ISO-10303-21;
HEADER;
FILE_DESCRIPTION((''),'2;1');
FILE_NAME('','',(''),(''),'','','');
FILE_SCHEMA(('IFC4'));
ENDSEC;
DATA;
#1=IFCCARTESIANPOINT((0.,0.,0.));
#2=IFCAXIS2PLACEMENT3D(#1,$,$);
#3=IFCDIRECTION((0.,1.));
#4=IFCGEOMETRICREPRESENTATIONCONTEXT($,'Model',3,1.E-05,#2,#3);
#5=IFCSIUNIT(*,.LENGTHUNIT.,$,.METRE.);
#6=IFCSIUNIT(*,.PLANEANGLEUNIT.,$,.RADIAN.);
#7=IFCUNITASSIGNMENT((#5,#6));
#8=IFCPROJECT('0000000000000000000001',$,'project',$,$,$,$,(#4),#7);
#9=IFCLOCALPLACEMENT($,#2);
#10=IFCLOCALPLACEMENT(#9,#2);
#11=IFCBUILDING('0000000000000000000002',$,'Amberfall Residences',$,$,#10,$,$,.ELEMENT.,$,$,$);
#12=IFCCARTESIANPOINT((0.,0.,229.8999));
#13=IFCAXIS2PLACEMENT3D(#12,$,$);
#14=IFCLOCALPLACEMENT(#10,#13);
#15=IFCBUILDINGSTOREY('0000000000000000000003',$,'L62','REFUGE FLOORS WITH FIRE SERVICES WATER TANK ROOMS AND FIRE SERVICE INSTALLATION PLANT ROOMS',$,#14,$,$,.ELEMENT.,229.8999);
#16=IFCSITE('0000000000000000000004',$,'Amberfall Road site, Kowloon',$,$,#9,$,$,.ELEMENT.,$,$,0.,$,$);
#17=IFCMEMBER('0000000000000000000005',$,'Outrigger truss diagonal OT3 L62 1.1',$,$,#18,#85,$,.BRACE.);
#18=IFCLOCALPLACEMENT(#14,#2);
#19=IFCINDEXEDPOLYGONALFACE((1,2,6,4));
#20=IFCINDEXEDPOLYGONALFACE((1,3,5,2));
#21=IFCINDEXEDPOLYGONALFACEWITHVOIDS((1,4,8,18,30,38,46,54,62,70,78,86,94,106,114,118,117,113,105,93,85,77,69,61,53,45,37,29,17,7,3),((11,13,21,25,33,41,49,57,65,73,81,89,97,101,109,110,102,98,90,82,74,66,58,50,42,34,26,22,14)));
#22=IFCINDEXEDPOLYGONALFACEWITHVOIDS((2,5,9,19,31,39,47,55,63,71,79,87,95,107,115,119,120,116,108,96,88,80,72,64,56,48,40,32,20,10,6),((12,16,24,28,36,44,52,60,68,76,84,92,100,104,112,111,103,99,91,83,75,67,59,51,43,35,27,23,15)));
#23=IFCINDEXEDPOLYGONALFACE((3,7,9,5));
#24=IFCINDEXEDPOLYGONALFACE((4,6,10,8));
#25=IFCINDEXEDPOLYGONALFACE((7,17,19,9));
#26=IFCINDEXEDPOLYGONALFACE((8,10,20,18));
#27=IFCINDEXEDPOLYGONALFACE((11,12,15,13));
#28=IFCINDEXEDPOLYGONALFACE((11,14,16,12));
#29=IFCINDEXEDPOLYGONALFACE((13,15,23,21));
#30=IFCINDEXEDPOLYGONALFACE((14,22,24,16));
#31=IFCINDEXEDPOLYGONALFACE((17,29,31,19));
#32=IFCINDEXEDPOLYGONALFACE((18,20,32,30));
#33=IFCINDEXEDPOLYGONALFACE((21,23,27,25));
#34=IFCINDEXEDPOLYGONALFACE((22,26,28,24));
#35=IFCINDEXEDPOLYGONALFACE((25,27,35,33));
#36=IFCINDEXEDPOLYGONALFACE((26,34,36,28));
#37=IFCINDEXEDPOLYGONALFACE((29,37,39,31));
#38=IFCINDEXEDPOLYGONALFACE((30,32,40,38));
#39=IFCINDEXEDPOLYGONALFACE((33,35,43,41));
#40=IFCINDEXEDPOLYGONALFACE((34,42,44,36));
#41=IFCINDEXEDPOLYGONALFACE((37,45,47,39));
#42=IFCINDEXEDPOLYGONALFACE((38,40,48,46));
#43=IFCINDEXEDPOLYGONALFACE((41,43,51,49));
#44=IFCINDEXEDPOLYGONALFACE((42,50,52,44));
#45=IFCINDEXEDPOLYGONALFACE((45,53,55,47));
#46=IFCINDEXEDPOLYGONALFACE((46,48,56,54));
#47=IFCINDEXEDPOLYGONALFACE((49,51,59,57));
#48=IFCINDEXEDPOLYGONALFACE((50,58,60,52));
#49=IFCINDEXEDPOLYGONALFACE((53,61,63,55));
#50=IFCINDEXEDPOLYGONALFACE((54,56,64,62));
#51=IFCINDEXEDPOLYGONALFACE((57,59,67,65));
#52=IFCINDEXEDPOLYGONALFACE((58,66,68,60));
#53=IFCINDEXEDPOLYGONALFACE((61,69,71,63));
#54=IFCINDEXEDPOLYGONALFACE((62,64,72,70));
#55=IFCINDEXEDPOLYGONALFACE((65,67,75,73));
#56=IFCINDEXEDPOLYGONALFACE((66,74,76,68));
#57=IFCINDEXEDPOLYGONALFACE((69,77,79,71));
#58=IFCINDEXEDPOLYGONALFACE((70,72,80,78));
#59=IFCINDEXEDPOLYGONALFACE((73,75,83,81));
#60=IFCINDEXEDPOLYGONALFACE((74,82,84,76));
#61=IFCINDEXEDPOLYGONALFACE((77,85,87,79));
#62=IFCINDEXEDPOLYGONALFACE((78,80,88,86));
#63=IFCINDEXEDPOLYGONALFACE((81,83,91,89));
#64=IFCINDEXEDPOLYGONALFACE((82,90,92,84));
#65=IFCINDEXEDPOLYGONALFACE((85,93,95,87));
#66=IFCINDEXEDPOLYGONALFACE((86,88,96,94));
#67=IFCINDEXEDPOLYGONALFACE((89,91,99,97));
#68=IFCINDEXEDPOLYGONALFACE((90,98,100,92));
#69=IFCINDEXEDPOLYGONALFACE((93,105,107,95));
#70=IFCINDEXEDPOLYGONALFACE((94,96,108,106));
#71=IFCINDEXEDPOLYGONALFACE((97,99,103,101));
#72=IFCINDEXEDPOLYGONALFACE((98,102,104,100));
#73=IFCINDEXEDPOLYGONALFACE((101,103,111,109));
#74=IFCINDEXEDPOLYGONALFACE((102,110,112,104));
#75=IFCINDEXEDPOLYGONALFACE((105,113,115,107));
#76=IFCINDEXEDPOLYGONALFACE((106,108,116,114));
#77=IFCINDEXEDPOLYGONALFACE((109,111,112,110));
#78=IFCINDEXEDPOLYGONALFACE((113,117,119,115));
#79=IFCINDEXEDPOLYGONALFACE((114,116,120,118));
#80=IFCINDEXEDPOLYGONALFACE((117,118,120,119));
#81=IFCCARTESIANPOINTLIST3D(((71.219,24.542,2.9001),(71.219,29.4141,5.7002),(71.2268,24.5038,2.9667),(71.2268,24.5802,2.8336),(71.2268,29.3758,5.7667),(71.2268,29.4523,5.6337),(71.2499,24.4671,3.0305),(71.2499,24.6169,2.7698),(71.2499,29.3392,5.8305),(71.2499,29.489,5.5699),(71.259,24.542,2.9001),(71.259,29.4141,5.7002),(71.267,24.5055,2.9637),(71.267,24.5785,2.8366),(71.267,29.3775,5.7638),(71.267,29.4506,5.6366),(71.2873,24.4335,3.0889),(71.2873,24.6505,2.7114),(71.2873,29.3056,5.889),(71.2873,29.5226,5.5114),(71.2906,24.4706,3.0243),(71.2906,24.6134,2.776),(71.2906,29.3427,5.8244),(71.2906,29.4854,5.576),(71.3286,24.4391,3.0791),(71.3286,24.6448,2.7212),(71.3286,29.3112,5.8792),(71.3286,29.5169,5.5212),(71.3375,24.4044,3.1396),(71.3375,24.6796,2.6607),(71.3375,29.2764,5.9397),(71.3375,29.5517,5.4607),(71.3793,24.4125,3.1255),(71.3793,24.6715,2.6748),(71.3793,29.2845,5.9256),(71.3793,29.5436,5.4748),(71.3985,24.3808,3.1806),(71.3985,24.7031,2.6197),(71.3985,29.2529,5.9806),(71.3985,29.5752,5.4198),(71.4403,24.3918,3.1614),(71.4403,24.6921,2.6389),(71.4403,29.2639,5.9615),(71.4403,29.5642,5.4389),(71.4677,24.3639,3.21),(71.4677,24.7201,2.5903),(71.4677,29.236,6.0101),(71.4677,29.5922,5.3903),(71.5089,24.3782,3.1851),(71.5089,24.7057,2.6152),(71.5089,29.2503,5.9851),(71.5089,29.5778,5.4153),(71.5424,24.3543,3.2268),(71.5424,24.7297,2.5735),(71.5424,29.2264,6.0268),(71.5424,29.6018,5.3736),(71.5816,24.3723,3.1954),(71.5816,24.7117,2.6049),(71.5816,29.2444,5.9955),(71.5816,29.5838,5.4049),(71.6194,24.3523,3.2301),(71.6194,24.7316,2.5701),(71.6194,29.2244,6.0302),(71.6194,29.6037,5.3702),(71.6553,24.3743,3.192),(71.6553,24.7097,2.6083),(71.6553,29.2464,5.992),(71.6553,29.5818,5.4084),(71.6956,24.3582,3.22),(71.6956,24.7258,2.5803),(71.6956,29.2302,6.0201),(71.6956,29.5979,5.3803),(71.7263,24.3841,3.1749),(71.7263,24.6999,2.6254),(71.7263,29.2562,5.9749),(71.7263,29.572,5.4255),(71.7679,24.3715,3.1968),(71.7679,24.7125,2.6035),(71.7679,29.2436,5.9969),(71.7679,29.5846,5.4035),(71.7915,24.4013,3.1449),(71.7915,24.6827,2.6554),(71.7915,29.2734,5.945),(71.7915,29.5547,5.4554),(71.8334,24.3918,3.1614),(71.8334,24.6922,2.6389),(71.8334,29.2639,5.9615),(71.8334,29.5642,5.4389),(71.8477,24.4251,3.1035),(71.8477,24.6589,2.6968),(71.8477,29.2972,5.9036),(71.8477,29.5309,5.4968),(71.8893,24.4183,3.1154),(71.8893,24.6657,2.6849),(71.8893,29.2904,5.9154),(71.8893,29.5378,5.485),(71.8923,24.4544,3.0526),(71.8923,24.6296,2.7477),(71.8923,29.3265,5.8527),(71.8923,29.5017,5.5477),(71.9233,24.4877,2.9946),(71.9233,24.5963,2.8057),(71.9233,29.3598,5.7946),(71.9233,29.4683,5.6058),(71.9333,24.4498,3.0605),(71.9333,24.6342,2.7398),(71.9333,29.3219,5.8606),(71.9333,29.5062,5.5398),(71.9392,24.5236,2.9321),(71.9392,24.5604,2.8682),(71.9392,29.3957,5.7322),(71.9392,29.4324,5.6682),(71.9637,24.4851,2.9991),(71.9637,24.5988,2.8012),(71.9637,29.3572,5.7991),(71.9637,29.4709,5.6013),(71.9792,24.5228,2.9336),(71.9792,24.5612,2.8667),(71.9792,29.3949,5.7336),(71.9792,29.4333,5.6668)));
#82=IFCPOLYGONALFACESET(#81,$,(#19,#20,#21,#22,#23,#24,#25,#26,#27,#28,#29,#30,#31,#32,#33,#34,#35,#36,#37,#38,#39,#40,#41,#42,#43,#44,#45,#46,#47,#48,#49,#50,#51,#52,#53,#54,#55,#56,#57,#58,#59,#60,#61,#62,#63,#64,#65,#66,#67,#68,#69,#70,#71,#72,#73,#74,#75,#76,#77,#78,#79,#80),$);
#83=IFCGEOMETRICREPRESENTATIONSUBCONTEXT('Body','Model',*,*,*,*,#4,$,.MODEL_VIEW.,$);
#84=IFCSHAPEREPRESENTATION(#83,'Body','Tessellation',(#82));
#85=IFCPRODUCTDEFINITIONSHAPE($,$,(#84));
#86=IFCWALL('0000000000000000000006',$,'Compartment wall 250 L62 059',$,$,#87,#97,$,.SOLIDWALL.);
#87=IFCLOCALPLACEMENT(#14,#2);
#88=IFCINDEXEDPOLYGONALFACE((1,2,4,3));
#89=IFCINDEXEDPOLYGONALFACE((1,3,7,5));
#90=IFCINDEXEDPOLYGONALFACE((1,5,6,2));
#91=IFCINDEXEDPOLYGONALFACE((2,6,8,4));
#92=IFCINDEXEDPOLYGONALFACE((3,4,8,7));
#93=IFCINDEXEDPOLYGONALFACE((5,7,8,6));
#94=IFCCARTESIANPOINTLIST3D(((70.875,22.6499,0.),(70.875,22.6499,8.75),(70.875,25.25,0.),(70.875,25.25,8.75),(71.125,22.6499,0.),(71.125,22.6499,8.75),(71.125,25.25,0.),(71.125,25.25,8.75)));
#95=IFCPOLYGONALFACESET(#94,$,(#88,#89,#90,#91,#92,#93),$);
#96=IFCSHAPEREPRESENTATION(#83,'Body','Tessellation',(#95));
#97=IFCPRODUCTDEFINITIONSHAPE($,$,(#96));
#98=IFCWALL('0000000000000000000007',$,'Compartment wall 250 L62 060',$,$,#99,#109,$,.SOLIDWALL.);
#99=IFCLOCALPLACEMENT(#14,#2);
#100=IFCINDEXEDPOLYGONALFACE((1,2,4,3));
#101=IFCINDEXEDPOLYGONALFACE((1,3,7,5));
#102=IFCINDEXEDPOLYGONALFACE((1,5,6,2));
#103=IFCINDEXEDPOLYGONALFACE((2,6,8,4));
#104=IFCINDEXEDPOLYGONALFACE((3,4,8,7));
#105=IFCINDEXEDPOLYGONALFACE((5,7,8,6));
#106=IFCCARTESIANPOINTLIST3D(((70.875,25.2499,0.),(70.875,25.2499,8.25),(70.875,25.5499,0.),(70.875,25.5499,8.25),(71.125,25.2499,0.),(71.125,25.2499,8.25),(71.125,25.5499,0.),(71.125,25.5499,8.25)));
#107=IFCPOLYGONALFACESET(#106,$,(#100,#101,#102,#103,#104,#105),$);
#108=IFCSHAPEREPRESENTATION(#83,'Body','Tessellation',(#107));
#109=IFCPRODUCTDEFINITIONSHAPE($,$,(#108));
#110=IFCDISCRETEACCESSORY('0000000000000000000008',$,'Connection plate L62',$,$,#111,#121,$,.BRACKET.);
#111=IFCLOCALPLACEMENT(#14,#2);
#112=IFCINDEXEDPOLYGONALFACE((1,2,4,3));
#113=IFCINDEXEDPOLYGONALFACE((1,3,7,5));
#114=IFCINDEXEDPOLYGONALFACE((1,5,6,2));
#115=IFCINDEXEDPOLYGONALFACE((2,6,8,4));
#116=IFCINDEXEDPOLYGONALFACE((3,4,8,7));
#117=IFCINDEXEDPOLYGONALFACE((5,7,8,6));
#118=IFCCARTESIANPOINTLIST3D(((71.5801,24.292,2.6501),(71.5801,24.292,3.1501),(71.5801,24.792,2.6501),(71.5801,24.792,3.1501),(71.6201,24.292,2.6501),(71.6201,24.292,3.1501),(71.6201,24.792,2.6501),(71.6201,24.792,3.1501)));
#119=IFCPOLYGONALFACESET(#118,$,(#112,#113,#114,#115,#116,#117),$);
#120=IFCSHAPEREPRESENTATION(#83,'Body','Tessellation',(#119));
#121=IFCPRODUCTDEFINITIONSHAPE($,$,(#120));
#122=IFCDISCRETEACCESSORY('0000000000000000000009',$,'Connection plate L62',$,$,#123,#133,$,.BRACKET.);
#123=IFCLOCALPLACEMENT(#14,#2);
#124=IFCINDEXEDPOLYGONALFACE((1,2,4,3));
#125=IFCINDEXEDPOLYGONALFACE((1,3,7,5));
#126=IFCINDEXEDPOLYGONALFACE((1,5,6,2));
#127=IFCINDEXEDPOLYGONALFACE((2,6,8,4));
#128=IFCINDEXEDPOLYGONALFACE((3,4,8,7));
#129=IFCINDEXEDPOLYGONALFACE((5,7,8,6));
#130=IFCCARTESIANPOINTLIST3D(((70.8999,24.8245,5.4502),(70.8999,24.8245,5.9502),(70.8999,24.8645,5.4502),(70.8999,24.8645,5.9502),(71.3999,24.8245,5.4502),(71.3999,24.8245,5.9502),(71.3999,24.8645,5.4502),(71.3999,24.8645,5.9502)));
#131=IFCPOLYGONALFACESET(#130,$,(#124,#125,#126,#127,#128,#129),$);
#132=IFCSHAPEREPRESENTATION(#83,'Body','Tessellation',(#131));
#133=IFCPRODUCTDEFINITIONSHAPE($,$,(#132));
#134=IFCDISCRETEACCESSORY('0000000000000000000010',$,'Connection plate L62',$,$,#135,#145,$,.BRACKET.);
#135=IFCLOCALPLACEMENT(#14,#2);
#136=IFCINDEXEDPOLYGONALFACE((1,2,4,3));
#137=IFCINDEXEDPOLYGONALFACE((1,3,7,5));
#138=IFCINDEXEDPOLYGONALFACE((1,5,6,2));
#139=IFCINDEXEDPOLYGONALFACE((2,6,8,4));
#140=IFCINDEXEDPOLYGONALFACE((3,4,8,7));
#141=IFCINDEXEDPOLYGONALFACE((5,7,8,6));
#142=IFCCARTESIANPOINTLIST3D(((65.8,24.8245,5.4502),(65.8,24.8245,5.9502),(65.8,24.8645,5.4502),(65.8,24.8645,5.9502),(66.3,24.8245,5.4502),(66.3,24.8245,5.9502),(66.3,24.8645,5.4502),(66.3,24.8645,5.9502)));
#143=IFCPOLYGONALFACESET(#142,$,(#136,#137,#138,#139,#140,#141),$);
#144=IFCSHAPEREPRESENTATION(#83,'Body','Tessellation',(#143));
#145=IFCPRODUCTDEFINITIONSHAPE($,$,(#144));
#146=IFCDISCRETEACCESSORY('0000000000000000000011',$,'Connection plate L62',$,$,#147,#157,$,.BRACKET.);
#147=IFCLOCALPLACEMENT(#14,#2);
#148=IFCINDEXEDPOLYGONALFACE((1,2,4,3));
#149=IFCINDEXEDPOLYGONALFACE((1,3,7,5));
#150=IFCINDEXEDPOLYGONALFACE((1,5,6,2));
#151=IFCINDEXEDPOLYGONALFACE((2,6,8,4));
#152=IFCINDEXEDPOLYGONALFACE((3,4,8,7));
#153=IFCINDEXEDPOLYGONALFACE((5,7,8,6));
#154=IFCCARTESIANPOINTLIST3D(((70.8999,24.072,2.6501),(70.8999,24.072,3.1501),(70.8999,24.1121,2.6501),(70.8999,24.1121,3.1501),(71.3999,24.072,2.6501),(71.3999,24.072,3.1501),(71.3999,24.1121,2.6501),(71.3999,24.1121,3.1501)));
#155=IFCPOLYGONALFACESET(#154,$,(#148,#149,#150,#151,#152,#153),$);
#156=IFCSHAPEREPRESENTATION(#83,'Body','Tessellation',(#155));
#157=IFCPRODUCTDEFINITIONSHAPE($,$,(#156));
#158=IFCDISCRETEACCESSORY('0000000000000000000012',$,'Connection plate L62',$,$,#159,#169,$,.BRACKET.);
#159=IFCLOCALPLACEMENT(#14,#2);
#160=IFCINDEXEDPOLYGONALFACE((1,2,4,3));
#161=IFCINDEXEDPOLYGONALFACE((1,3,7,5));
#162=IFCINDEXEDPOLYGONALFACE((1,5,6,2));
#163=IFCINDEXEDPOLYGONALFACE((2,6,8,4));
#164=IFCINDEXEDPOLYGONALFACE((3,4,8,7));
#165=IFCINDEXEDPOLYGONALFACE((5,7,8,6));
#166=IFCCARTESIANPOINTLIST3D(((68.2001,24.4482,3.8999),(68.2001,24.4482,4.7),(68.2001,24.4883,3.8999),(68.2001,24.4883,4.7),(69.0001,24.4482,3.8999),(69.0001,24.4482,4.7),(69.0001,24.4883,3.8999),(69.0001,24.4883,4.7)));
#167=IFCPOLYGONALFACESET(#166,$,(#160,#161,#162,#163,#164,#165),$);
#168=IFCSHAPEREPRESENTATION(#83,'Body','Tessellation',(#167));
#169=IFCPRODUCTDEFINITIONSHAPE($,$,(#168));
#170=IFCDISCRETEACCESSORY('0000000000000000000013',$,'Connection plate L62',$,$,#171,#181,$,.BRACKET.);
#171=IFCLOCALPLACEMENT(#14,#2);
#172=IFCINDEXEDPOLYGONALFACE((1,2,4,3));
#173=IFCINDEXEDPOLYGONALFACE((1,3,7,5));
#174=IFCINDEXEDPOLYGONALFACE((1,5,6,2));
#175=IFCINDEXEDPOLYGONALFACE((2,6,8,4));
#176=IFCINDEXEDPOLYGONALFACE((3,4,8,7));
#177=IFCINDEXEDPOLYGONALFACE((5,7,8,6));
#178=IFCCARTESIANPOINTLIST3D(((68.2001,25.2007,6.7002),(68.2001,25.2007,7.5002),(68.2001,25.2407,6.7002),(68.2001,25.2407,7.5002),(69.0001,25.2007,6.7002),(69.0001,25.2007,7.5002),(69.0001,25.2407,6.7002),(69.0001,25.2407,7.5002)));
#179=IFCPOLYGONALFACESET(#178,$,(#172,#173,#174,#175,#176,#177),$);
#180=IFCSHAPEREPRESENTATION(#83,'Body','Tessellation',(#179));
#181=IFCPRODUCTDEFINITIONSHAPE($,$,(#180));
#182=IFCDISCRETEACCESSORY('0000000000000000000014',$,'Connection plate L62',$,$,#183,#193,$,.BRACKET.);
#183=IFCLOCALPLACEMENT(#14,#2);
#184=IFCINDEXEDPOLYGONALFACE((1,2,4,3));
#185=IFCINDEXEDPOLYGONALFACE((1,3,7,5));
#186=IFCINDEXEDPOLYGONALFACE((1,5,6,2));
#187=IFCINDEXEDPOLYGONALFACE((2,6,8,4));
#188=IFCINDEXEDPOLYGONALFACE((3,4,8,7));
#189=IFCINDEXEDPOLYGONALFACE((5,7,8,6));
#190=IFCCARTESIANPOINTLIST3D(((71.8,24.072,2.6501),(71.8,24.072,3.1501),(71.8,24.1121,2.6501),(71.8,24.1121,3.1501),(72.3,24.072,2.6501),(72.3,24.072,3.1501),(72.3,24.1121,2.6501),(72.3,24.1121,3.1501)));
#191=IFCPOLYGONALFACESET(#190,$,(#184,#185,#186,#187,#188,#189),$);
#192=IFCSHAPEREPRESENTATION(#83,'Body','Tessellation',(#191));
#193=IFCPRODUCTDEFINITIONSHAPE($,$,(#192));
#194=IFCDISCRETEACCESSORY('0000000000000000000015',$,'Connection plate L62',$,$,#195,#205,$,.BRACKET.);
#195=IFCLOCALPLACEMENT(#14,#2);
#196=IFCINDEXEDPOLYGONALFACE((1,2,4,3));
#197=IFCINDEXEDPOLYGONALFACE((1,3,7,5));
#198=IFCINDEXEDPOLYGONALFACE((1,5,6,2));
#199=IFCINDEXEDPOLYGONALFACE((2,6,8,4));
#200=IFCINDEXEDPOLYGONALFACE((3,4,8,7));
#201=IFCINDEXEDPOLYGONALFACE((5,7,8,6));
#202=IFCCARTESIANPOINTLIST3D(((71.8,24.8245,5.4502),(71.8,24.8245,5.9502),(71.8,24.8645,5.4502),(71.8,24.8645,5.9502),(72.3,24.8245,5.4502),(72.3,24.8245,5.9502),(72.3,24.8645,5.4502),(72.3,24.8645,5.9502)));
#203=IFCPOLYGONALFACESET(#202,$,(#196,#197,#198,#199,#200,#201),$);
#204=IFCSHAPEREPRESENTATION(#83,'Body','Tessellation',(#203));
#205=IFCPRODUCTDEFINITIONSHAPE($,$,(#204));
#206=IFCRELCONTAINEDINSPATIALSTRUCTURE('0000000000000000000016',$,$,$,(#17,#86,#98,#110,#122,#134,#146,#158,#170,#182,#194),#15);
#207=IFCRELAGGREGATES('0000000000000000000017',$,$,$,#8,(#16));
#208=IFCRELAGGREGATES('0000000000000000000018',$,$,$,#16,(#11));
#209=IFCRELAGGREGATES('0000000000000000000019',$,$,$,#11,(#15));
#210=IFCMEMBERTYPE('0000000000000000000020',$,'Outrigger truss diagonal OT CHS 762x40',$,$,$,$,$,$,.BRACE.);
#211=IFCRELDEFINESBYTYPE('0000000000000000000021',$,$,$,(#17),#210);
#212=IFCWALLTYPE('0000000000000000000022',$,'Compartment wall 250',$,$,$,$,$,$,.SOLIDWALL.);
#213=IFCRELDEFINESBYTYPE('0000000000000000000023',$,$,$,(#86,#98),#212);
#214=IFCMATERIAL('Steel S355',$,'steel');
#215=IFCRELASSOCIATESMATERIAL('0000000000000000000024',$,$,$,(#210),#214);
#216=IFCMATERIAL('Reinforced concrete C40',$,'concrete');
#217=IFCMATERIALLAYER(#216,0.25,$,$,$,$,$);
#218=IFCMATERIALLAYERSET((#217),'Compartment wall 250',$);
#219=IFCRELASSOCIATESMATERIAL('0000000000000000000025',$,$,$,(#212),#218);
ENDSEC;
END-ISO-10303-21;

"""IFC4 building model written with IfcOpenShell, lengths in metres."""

from ifc_helpers import new_model, si_unit, direction, frame, frame_2d, origin, origin_2d, place, context, subcontext, project, spatial, rectangle, hollow_circle, extrude, material, layer, layer_set, material_profile, profile_set, type_object, element, save


model = new_model("IFC4")

# Units and contexts
model_context = context("Model", 3, precision=1e-05, world=origin(), true_north=direction((0.0, 1.0)))
body_context = subcontext(model_context, "Body", "Model", "MODEL_VIEW")
ifc_project = project(units=[si_unit("LENGTHUNIT", "METRE"), si_unit("PLANEANGLEUNIT", "RADIAN")], contexts=[model_context])

# Site, building, storey
site_placement = place(None, origin())
site = spatial("IfcSite", under=ifc_project, at=site_placement, Name="Amberfall Road site, Kowloon", CompositionType="ELEMENT", RefElevation=0.0)
building_placement = place(site_placement, origin())
building = spatial("IfcBuilding", under=site, at=building_placement, Name="Amberfall Residences", CompositionType="ELEMENT")
storey_placement = place(building_placement, frame((0.0, 0.0, 229.8999)))
storey = spatial("IfcBuildingStorey", under=building, at=storey_placement, Name="L62", Description="REFUGE FLOORS WITH FIRE SERVICES WATER TANK ROOMS AND FIRE SERVICE INSTALLATION PLANT ROOMS", CompositionType="ELEMENT", Elevation=229.8999)

# Shared definitions
ifc_material_1 = material(Name="Steel S355", Category="steel")

# Member
ifc_material_profile_1 = material_profile(ifc_material_1, hollow_circle(Radius=0.3811, WallThickness=0.04, at=origin_2d()), Name="CHS 762x40")
ifc_profile_set_1 = profile_set([ifc_material_profile_1], Name="Steel S355")
member_type_1 = type_object("IfcMemberType", Name="Outrigger truss diagonal OT CHS 762x40", PredefinedType="BRACE", material=ifc_profile_set_1)
member_1_placement = place(storey_placement, frame((71.6001, 24.542, 2.9001), z_axis=(0.0, 0.867013, 0.498285), x_axis=(-1.0, 0.0, 0.0)))
element("IfcMember", 1, at=member_1_placement, inside=storey, type_object=member_type_1, Name="Outrigger truss diagonal OT3 L62 1.1", PredefinedType="BRACE", context=body_context, shape_type="SweptSolid", body=[
    extrude(hollow_circle(Radius=0.3811, WallThickness=0.04, at=origin_2d()), origin(), (0.0, 0.0, 1.0), 5.6194),
])

# Walls
ifc_material_2 = material(Name="Reinforced concrete C40", Category="concrete")
ifc_layer = layer(ifc_material_2, 0.25)
ifc_layer_set = layer_set([ifc_layer], Name="Compartment wall 250")
wall_type = type_object("IfcWallType", Name="Compartment wall 250", PredefinedType="SOLIDWALL", material=ifc_layer_set)
wall_1_placement = place(storey_placement, frame((71.0, 22.6499, 0.0), z_axis=(0.0, 0.0, 1.0), x_axis=(0.0, 1.0, 0.0)))
element("IfcWall", 2, at=wall_1_placement, inside=storey, type_object=wall_type, Name="Compartment wall 250 L62 059", PredefinedType="SOLIDWALL", context=body_context, shape_type="SweptSolid", body=[
    extrude(rectangle(XDim=2.6001, YDim=0.25, at=frame_2d((1.3, 0.0))), origin(), (0.0, 0.0, 1.0), 8.75),
])
wall_2_placement = place(storey_placement, frame((71.0, 25.25, 0.0), z_axis=(0.0, 0.0, 1.0), x_axis=(0.0, 1.0, 0.0)))
element("IfcWall", 3, at=wall_2_placement, inside=storey, type_object=wall_type, Name="Compartment wall 250 L62 060", PredefinedType="SOLIDWALL", context=body_context, shape_type="SweptSolid", body=[
    extrude(rectangle(XDim=0.3, YDim=0.25, at=frame_2d((0.1499, 0.0))), origin(), (0.0, 0.0, 1.0), 8.25),
])

# Discrete accessories
for number, where, z_axis, x_axis, name in (
    (4, (71.6001, 24.542, 2.6501), (0.0, 0.0, 1.0), (0.0, 1.0, 0.0), "Connection plate L62"),
    (5, (71.1499, 24.8445, 5.4502), (0.0, 0.0, 1.0), (1.0, 0.0, 0.0), "Connection plate L62"),
    (6, (66.05, 24.8445, 5.4502), (0.0, 0.0, 1.0), (1.0, 0.0, 0.0), "Connection plate L62"),
    (7, (71.1499, 24.092, 2.6501), (0.0, 0.0, 1.0), (1.0, 0.0, 0.0), "Connection plate L62"),
):
    element("IfcDiscreteAccessory", number, at=place(storey_placement, frame(where, z_axis=z_axis, x_axis=x_axis)), inside=storey, Name=name, PredefinedType="BRACKET", context=body_context, shape_type="SweptSolid", body=[
        extrude(rectangle(XDim=0.5, YDim=0.04, at=origin_2d()), origin(), (0.0, 0.0, 1.0), 0.5),
    ])
for number, where, z_axis, x_axis, name in (
    (8, (68.6001, 24.4683, 3.8999), (0.0, 0.0, 1.0), (1.0, 0.0, 0.0), "Connection plate L62"),
    (9, (68.6001, 25.2207, 6.7002), (0.0, 0.0, 1.0), (1.0, 0.0, 0.0), "Connection plate L62"),
):
    element("IfcDiscreteAccessory", number, at=place(storey_placement, frame(where, z_axis=z_axis, x_axis=x_axis)), inside=storey, Name=name, PredefinedType="BRACKET", context=body_context, shape_type="SweptSolid", body=[
        extrude(rectangle(XDim=0.8, YDim=0.04, at=origin_2d()), origin(), (0.0, 0.0, 1.0), 0.8),
    ])
for number, where, z_axis, x_axis, name in (
    (10, (72.05, 24.092, 2.6501), (0.0, 0.0, 1.0), (1.0, 0.0, 0.0), "Connection plate L62"),
    (11, (72.05, 24.8445, 5.4502), (0.0, 0.0, 1.0), (1.0, 0.0, 0.0), "Connection plate L62"),
):
    element("IfcDiscreteAccessory", number, at=place(storey_placement, frame(where, z_axis=z_axis, x_axis=x_axis)), inside=storey, Name=name, PredefinedType="BRACKET", context=body_context, shape_type="SweptSolid", body=[
        extrude(rectangle(XDim=0.5, YDim=0.04, at=origin_2d()), origin(), (0.0, 0.0, 1.0), 0.5),
    ])

save(model, "model.ifc")
